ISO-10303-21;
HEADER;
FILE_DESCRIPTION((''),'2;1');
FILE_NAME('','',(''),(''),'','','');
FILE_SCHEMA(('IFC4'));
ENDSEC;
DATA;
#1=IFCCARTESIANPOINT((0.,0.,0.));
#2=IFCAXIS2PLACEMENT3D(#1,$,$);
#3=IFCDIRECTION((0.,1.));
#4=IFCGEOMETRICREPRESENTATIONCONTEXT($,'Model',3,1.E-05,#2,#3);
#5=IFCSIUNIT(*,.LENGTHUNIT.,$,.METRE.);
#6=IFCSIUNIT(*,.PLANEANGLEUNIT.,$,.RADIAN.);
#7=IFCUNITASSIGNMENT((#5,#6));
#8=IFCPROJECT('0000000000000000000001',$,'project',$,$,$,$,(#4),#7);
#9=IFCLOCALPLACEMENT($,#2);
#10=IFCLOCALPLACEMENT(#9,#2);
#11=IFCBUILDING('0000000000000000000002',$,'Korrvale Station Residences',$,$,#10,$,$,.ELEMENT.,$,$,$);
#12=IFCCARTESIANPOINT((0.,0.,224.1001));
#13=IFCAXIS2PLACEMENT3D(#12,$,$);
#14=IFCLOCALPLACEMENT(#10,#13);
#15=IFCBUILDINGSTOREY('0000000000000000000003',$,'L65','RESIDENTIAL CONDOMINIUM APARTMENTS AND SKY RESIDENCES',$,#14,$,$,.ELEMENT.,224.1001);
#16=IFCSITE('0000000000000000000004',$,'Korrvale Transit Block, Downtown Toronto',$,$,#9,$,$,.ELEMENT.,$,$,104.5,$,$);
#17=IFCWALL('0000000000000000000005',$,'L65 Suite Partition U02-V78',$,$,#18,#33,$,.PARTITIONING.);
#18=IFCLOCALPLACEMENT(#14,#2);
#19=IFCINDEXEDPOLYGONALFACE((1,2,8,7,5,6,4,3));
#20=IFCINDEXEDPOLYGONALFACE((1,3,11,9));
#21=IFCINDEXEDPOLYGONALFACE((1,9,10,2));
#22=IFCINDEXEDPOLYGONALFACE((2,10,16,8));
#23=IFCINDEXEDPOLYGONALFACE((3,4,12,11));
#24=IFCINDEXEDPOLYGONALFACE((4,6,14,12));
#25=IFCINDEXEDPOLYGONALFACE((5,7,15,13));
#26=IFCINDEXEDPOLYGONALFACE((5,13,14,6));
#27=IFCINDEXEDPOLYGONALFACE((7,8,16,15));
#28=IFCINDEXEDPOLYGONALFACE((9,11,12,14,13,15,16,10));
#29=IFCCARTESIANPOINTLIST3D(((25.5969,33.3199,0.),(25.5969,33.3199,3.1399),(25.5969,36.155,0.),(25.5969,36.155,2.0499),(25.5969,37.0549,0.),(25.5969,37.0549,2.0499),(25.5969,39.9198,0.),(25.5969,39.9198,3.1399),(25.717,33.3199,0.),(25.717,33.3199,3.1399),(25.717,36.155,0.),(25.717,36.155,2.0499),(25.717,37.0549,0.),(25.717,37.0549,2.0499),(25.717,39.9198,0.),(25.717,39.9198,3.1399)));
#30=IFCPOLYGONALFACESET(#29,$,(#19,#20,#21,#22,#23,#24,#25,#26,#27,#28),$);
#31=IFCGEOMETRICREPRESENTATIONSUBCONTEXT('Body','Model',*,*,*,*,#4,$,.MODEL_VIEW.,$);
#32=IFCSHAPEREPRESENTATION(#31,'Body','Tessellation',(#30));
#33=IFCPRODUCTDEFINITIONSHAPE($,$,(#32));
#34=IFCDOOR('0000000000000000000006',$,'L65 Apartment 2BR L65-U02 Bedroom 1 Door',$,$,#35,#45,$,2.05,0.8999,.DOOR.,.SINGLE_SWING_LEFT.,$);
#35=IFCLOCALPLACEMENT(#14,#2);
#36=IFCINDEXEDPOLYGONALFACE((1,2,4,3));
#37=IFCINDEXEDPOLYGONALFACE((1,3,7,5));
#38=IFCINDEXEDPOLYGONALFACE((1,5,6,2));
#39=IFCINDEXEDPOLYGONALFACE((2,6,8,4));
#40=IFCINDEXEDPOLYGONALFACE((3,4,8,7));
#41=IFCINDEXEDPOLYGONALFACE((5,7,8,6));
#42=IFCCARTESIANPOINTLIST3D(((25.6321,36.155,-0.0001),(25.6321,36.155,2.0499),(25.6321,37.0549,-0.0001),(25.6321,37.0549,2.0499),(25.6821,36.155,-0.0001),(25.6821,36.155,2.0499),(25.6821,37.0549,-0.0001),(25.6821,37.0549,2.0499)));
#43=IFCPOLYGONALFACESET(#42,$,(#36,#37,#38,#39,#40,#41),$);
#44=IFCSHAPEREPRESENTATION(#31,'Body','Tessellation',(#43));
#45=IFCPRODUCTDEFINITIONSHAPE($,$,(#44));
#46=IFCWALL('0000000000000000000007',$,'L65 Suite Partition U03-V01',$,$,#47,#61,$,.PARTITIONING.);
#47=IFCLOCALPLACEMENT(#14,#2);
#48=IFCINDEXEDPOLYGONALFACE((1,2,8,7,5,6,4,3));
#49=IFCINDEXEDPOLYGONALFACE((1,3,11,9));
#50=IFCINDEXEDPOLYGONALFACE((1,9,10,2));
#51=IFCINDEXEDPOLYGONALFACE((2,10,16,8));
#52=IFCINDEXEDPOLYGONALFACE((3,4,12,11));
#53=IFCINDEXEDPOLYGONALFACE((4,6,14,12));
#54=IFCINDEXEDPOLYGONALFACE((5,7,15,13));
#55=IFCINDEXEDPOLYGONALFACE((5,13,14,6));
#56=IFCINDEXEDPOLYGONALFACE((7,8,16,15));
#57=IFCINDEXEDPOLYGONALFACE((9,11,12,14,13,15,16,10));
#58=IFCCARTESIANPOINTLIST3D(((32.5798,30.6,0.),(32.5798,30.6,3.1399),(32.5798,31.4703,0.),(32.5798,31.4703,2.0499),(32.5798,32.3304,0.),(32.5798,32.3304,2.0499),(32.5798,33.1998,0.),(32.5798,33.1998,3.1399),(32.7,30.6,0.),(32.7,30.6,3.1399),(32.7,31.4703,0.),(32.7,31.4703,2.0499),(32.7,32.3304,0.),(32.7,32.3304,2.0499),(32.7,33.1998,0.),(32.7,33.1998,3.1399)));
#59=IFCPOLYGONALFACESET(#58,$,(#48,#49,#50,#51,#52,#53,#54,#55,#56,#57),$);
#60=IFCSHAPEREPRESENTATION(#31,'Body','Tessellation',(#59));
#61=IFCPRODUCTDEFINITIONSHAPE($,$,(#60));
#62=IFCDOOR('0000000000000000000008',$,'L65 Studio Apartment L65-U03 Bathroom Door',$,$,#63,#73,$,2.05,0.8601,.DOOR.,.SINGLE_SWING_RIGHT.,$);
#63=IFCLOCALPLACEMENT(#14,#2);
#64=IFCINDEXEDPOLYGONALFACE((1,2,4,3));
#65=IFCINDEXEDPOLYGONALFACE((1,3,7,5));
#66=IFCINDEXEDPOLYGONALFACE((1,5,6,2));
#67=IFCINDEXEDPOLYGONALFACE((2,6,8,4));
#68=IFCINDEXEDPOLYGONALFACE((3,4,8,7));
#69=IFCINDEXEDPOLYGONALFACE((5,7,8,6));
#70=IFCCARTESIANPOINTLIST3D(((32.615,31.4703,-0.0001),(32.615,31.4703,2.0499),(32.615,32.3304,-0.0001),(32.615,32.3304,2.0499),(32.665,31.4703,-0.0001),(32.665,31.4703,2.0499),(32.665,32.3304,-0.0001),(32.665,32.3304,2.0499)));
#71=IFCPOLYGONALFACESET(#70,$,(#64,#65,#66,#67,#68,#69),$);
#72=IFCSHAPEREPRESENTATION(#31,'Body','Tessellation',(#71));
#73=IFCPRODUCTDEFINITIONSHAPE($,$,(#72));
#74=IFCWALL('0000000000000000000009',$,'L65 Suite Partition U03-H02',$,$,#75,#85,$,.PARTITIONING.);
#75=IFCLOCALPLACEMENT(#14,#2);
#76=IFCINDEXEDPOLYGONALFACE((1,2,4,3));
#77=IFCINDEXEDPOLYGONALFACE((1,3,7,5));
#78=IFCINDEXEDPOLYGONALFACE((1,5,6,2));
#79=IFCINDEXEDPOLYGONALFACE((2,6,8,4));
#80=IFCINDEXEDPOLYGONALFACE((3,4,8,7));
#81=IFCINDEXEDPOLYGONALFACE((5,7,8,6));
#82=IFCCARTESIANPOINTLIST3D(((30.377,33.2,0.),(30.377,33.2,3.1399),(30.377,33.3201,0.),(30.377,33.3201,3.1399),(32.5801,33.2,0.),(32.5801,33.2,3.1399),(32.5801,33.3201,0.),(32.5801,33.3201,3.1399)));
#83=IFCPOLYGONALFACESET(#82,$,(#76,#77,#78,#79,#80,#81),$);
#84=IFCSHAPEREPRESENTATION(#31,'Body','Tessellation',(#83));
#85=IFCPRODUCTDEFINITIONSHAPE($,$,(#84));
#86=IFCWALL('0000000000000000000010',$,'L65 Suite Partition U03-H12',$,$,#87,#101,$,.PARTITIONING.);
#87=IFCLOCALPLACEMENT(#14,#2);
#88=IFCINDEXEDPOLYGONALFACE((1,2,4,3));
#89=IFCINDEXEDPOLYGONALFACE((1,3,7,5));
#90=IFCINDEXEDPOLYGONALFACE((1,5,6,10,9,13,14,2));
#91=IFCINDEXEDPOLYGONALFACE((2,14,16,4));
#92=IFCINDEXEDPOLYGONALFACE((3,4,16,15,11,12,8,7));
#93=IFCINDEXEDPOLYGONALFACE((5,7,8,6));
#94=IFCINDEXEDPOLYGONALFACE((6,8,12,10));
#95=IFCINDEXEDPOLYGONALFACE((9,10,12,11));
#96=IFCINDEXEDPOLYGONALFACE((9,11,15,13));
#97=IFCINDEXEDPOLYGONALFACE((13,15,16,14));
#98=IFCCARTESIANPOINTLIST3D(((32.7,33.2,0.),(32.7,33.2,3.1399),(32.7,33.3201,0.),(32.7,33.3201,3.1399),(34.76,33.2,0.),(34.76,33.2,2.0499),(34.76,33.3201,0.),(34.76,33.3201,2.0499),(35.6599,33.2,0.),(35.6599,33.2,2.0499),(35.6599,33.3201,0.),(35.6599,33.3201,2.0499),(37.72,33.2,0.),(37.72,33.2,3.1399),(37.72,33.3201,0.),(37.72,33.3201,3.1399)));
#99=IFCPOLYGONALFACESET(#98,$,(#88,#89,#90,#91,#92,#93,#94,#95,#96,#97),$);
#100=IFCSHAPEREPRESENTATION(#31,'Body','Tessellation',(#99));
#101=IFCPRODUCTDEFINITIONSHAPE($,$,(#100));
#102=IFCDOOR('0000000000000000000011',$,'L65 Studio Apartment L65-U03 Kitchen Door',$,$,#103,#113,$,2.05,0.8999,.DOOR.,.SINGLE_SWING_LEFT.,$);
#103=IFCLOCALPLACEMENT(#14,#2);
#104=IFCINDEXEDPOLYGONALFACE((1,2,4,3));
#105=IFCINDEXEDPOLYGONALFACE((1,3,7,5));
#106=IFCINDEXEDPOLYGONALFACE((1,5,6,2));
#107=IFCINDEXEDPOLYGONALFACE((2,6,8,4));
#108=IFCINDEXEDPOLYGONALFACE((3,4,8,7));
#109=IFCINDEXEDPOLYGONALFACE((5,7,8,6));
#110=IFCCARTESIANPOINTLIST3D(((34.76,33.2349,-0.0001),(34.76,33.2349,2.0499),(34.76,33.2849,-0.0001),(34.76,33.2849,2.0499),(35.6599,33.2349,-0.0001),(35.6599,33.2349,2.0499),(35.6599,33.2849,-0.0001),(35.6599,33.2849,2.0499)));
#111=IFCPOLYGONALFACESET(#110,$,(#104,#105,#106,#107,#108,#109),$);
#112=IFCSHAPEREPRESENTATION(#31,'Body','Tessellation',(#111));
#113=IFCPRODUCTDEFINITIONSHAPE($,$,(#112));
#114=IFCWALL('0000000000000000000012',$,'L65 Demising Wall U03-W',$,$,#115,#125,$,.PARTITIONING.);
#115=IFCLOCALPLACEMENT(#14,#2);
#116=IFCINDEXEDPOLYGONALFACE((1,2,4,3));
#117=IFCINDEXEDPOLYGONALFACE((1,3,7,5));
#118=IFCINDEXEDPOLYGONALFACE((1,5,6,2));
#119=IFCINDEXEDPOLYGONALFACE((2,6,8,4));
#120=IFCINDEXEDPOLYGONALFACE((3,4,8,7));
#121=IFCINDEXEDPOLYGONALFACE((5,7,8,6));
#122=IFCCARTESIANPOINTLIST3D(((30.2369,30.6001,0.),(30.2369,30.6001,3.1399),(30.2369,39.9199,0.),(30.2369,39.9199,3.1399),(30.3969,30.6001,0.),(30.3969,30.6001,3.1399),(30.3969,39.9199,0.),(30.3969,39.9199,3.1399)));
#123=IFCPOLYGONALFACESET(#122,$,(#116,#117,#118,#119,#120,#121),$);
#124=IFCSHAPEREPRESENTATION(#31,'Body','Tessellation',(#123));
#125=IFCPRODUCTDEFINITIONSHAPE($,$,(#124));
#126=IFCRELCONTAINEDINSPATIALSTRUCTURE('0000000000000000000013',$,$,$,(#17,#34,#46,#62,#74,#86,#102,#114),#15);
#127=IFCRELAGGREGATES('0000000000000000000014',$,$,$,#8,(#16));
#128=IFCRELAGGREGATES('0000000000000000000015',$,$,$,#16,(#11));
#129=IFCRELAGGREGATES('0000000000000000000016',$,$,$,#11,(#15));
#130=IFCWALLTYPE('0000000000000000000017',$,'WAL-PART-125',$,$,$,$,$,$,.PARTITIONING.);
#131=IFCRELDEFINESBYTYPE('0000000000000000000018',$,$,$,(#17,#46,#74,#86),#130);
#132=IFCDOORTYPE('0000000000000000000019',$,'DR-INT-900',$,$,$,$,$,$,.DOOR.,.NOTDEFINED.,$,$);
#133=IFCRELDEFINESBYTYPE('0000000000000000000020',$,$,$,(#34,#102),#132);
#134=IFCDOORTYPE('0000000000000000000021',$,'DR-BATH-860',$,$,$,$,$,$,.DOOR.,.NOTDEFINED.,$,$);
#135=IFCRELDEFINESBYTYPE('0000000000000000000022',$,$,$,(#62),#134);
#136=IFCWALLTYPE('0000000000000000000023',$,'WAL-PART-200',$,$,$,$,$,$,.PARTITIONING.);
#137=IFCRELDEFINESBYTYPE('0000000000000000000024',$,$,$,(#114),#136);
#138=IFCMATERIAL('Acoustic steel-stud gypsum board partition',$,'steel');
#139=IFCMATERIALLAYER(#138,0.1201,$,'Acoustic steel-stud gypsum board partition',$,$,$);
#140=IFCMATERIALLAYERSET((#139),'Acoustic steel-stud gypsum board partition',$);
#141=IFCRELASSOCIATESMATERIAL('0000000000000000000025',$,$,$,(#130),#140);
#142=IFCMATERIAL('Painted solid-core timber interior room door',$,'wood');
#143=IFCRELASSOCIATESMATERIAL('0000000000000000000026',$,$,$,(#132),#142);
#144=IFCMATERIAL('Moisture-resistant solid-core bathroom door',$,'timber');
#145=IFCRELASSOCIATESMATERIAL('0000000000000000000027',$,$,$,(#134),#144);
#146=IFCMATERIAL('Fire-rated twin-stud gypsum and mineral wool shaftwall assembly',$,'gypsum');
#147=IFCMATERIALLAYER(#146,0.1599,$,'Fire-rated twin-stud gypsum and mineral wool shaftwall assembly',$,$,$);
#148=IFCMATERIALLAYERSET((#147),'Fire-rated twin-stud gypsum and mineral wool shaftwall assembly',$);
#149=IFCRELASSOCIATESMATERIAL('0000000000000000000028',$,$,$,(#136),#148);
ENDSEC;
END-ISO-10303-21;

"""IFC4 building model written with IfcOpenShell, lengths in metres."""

from ifc_helpers import new_model, si_unit, direction, frame, frame_2d, origin, place, context, subcontext, project, spatial, rectangle, extrude, material, layer, layer_set, type_object, element, fill, save


model = new_model("IFC4")

# Units and contexts
model_context = context("Model", 3, precision=1e-05, world=origin(), true_north=direction((0.0, 1.0)))
body_context = subcontext(model_context, "Body", "Model", "MODEL_VIEW")
ifc_project = project(units=[si_unit("LENGTHUNIT", "METRE"), si_unit("PLANEANGLEUNIT", "RADIAN")], contexts=[model_context])

# Site, building, storey
site_placement = place(None, origin())
site = spatial("IfcSite", under=ifc_project, at=site_placement, Name="Korrvale Transit Block, Downtown Toronto", CompositionType="ELEMENT", RefElevation=104.5)
building_placement = place(site_placement, origin())
building = spatial("IfcBuilding", under=site, at=building_placement, Name="Korrvale Station Residences", CompositionType="ELEMENT")
storey_placement = place(building_placement, frame((0.0, 0.0, 224.1001)))
storey = spatial("IfcBuildingStorey", under=building, at=storey_placement, Name="L65", Description="RESIDENTIAL CONDOMINIUM APARTMENTS AND SKY RESIDENCES", CompositionType="ELEMENT", Elevation=224.1001)

# Walls, openings, doors
ifc_material_1 = material(Name="Acoustic steel-stud gypsum board partition", Category="steel")
ifc_layer_1 = layer(ifc_material_1, 0.1201, Name="Acoustic steel-stud gypsum board partition")
ifc_layer_set_1 = layer_set([ifc_layer_1], Name="Acoustic steel-stud gypsum board partition")
wall_type_1 = type_object("IfcWallType", Name="WAL-PART-125", PredefinedType="PARTITIONING", material=ifc_layer_set_1)
ifc_material_2 = material(Name="Painted solid-core timber interior room door", Category="wood")
door_type_1 = type_object("IfcDoorType", Name="DR-INT-900", OperationType="NOTDEFINED", PredefinedType="DOOR", material=ifc_material_2)
wall_1_placement = place(storey_placement, frame((25.657, 33.3201, 0.0), z_axis=(0.0, 0.0, 1.0), x_axis=(0.0, 1.0, 0.0)))
wall_1 = element("IfcWall", 1, at=wall_1_placement, inside=storey, type_object=wall_type_1, Name="L65 Suite Partition U02-V78", PredefinedType="PARTITIONING", context=body_context, shape_type="SweptSolid", body=[
    extrude(rectangle(XDim=6.5999, YDim=0.1201, at=frame_2d((3.2998, 0.0))), origin(), (0.0, 0.0, 1.0), 3.1399),
])
opening_1_placement = place(wall_1_placement, frame((2.835, 0.0, 0.0)))
opening_1 = element("IfcOpeningElement", 2, at=opening_1_placement, cuts=wall_1, PredefinedType="OPENING", context=body_context, shape_type="SweptSolid", body=[
    extrude(rectangle(XDim=0.8999, YDim=2.05, at=frame_2d((0.45, 1.0249))), frame((0.0, 0.0701, 0.0), z_axis=(0.0, -1.0, 0.0), x_axis=(1.0, 0.0, 0.0)), (0.0, 0.0, 1.0), 0.1401),
])
door_1_placement = place(opening_1_placement, origin())
door_1 = element("IfcDoor", 3, at=door_1_placement, inside=storey, type_object=door_type_1, Name="L65 Apartment 2BR L65-U02 Bedroom 1 Door", OperationType="SINGLE_SWING_LEFT", OverallHeight=2.05, OverallWidth=0.8999, PredefinedType="DOOR", context=body_context, shape_type="SweptSolid", body=[
    extrude(rectangle(XDim=0.8999, YDim=2.05, at=frame_2d((0.45, 1.0249))), frame((0.0, 0.0249, 0.0), z_axis=(0.0, -1.0, 0.0), x_axis=(1.0, 0.0, 0.0)), (0.0, 0.0, 1.0), 0.05),
])
fill(opening_1, door_1)
wall_2_placement = place(storey_placement, frame((32.6399, 30.6001, 0.0), z_axis=(0.0, 0.0, 1.0), x_axis=(0.0, 1.0, 0.0)))
wall_2 = element("IfcWall", 4, at=wall_2_placement, inside=storey, type_object=wall_type_1, Name="L65 Suite Partition U03-V01", PredefinedType="PARTITIONING", context=body_context, shape_type="SweptSolid", body=[
    extrude(rectangle(XDim=2.5999, YDim=0.1201, at=frame_2d((1.2998, 0.0))), origin(), (0.0, 0.0, 1.0), 3.1399),
])
opening_2_placement = place(wall_2_placement, frame((0.8701, 0.0, 0.0)))
opening_2 = element("IfcOpeningElement", 5, at=opening_2_placement, cuts=wall_2, PredefinedType="OPENING", context=body_context, shape_type="SweptSolid", body=[
    extrude(rectangle(XDim=0.8601, YDim=2.05, at=frame_2d((0.4302, 1.0249))), frame((0.0, 0.0701, 0.0), z_axis=(0.0, -1.0, 0.0), x_axis=(1.0, 0.0, 0.0)), (0.0, 0.0, 1.0), 0.1401),
])
ifc_material_3 = material(Name="Moisture-resistant solid-core bathroom door", Category="timber")
door_type_2 = type_object("IfcDoorType", Name="DR-BATH-860", OperationType="NOTDEFINED", PredefinedType="DOOR", material=ifc_material_3)
door_2_placement = place(opening_2_placement, origin())
door_2 = element("IfcDoor", 6, at=door_2_placement, inside=storey, type_object=door_type_2, Name="L65 Studio Apartment L65-U03 Bathroom Door", OperationType="SINGLE_SWING_RIGHT", OverallHeight=2.05, OverallWidth=0.8601, PredefinedType="DOOR", context=body_context, shape_type="SweptSolid", body=[
    extrude(rectangle(XDim=0.8601, YDim=2.05, at=frame_2d((0.4302, 1.0249))), frame((0.0, 0.0249, 0.0), z_axis=(0.0, -1.0, 0.0), x_axis=(1.0, 0.0, 0.0)), (0.0, 0.0, 1.0), 0.05),
])
fill(opening_2, door_2)

# Wall
wall_3_placement = place(storey_placement, frame((30.377, 33.26, 0.0), z_axis=(0.0, 0.0, 1.0), x_axis=(1.0, 0.0, 0.0)))
element("IfcWall", 7, at=wall_3_placement, inside=storey, type_object=wall_type_1, Name="L65 Suite Partition U03-H02", PredefinedType="PARTITIONING", context=body_context, shape_type="SweptSolid", body=[
    extrude(rectangle(XDim=2.2031, YDim=0.1201, at=frame_2d((1.1016, 0.0))), origin(), (0.0, 0.0, 1.0), 3.1399),
])

# Wall, opening, door
wall_4_placement = place(storey_placement, frame((32.7, 33.26, 0.0), z_axis=(0.0, 0.0, 1.0), x_axis=(1.0, 0.0, 0.0)))
wall_4 = element("IfcWall", 8, at=wall_4_placement, inside=storey, type_object=wall_type_1, Name="L65 Suite Partition U03-H12", PredefinedType="PARTITIONING", context=body_context, shape_type="SweptSolid", body=[
    extrude(rectangle(XDim=5.02, YDim=0.1201, at=frame_2d((2.51, 0.0))), origin(), (0.0, 0.0, 1.0), 3.1399),
])
opening_3_placement = place(wall_4_placement, frame((2.0601, 0.0, 0.0)))
opening_3 = element("IfcOpeningElement", 9, at=opening_3_placement, cuts=wall_4, PredefinedType="OPENING", context=body_context, shape_type="SweptSolid", body=[
    extrude(rectangle(XDim=0.8999, YDim=2.05, at=frame_2d((0.45, 1.0249))), frame((0.0, 0.0701, 0.0), z_axis=(0.0, -1.0, 0.0), x_axis=(1.0, 0.0, 0.0)), (0.0, 0.0, 1.0), 0.1401),
])
door_3_placement = place(opening_3_placement, origin())
door_3 = element("IfcDoor", 10, at=door_3_placement, inside=storey, type_object=door_type_1, Name="L65 Studio Apartment L65-U03 Kitchen Door", OperationType="SINGLE_SWING_LEFT", OverallHeight=2.05, OverallWidth=0.8999, PredefinedType="DOOR", context=body_context, shape_type="SweptSolid", body=[
    extrude(rectangle(XDim=0.8999, YDim=2.05, at=frame_2d((0.45, 1.0249))), frame((0.0, 0.0249, 0.0), z_axis=(0.0, -1.0, 0.0), x_axis=(1.0, 0.0, 0.0)), (0.0, 0.0, 1.0), 0.05),
])
fill(opening_3, door_3)

# Wall
ifc_material_4 = material(Name="Fire-rated twin-stud gypsum and mineral wool shaftwall assembly", Category="gypsum")
ifc_layer_2 = layer(ifc_material_4, 0.1599, Name="Fire-rated twin-stud gypsum and mineral wool shaftwall assembly")
ifc_layer_set_2 = layer_set([ifc_layer_2], Name="Fire-rated twin-stud gypsum and mineral wool shaftwall assembly")
wall_type_2 = type_object("IfcWallType", Name="WAL-PART-200", PredefinedType="PARTITIONING", material=ifc_layer_set_2)
wall_5_placement = place(storey_placement, frame((30.3169, 30.6001, 0.0), z_axis=(0.0, 0.0, 1.0), x_axis=(0.0, 1.0, 0.0)))
element("IfcWall", 11, at=wall_5_placement, inside=storey, type_object=wall_type_2, Name="L65 Demising Wall U03-W", PredefinedType="PARTITIONING", context=body_context, shape_type="SweptSolid", body=[
    extrude(rectangle(XDim=9.3198, YDim=0.1599, at=frame_2d((4.6599, 0.0))), origin(), (0.0, 0.0, 1.0), 3.1399),
])

save(model, "model.ifc")
